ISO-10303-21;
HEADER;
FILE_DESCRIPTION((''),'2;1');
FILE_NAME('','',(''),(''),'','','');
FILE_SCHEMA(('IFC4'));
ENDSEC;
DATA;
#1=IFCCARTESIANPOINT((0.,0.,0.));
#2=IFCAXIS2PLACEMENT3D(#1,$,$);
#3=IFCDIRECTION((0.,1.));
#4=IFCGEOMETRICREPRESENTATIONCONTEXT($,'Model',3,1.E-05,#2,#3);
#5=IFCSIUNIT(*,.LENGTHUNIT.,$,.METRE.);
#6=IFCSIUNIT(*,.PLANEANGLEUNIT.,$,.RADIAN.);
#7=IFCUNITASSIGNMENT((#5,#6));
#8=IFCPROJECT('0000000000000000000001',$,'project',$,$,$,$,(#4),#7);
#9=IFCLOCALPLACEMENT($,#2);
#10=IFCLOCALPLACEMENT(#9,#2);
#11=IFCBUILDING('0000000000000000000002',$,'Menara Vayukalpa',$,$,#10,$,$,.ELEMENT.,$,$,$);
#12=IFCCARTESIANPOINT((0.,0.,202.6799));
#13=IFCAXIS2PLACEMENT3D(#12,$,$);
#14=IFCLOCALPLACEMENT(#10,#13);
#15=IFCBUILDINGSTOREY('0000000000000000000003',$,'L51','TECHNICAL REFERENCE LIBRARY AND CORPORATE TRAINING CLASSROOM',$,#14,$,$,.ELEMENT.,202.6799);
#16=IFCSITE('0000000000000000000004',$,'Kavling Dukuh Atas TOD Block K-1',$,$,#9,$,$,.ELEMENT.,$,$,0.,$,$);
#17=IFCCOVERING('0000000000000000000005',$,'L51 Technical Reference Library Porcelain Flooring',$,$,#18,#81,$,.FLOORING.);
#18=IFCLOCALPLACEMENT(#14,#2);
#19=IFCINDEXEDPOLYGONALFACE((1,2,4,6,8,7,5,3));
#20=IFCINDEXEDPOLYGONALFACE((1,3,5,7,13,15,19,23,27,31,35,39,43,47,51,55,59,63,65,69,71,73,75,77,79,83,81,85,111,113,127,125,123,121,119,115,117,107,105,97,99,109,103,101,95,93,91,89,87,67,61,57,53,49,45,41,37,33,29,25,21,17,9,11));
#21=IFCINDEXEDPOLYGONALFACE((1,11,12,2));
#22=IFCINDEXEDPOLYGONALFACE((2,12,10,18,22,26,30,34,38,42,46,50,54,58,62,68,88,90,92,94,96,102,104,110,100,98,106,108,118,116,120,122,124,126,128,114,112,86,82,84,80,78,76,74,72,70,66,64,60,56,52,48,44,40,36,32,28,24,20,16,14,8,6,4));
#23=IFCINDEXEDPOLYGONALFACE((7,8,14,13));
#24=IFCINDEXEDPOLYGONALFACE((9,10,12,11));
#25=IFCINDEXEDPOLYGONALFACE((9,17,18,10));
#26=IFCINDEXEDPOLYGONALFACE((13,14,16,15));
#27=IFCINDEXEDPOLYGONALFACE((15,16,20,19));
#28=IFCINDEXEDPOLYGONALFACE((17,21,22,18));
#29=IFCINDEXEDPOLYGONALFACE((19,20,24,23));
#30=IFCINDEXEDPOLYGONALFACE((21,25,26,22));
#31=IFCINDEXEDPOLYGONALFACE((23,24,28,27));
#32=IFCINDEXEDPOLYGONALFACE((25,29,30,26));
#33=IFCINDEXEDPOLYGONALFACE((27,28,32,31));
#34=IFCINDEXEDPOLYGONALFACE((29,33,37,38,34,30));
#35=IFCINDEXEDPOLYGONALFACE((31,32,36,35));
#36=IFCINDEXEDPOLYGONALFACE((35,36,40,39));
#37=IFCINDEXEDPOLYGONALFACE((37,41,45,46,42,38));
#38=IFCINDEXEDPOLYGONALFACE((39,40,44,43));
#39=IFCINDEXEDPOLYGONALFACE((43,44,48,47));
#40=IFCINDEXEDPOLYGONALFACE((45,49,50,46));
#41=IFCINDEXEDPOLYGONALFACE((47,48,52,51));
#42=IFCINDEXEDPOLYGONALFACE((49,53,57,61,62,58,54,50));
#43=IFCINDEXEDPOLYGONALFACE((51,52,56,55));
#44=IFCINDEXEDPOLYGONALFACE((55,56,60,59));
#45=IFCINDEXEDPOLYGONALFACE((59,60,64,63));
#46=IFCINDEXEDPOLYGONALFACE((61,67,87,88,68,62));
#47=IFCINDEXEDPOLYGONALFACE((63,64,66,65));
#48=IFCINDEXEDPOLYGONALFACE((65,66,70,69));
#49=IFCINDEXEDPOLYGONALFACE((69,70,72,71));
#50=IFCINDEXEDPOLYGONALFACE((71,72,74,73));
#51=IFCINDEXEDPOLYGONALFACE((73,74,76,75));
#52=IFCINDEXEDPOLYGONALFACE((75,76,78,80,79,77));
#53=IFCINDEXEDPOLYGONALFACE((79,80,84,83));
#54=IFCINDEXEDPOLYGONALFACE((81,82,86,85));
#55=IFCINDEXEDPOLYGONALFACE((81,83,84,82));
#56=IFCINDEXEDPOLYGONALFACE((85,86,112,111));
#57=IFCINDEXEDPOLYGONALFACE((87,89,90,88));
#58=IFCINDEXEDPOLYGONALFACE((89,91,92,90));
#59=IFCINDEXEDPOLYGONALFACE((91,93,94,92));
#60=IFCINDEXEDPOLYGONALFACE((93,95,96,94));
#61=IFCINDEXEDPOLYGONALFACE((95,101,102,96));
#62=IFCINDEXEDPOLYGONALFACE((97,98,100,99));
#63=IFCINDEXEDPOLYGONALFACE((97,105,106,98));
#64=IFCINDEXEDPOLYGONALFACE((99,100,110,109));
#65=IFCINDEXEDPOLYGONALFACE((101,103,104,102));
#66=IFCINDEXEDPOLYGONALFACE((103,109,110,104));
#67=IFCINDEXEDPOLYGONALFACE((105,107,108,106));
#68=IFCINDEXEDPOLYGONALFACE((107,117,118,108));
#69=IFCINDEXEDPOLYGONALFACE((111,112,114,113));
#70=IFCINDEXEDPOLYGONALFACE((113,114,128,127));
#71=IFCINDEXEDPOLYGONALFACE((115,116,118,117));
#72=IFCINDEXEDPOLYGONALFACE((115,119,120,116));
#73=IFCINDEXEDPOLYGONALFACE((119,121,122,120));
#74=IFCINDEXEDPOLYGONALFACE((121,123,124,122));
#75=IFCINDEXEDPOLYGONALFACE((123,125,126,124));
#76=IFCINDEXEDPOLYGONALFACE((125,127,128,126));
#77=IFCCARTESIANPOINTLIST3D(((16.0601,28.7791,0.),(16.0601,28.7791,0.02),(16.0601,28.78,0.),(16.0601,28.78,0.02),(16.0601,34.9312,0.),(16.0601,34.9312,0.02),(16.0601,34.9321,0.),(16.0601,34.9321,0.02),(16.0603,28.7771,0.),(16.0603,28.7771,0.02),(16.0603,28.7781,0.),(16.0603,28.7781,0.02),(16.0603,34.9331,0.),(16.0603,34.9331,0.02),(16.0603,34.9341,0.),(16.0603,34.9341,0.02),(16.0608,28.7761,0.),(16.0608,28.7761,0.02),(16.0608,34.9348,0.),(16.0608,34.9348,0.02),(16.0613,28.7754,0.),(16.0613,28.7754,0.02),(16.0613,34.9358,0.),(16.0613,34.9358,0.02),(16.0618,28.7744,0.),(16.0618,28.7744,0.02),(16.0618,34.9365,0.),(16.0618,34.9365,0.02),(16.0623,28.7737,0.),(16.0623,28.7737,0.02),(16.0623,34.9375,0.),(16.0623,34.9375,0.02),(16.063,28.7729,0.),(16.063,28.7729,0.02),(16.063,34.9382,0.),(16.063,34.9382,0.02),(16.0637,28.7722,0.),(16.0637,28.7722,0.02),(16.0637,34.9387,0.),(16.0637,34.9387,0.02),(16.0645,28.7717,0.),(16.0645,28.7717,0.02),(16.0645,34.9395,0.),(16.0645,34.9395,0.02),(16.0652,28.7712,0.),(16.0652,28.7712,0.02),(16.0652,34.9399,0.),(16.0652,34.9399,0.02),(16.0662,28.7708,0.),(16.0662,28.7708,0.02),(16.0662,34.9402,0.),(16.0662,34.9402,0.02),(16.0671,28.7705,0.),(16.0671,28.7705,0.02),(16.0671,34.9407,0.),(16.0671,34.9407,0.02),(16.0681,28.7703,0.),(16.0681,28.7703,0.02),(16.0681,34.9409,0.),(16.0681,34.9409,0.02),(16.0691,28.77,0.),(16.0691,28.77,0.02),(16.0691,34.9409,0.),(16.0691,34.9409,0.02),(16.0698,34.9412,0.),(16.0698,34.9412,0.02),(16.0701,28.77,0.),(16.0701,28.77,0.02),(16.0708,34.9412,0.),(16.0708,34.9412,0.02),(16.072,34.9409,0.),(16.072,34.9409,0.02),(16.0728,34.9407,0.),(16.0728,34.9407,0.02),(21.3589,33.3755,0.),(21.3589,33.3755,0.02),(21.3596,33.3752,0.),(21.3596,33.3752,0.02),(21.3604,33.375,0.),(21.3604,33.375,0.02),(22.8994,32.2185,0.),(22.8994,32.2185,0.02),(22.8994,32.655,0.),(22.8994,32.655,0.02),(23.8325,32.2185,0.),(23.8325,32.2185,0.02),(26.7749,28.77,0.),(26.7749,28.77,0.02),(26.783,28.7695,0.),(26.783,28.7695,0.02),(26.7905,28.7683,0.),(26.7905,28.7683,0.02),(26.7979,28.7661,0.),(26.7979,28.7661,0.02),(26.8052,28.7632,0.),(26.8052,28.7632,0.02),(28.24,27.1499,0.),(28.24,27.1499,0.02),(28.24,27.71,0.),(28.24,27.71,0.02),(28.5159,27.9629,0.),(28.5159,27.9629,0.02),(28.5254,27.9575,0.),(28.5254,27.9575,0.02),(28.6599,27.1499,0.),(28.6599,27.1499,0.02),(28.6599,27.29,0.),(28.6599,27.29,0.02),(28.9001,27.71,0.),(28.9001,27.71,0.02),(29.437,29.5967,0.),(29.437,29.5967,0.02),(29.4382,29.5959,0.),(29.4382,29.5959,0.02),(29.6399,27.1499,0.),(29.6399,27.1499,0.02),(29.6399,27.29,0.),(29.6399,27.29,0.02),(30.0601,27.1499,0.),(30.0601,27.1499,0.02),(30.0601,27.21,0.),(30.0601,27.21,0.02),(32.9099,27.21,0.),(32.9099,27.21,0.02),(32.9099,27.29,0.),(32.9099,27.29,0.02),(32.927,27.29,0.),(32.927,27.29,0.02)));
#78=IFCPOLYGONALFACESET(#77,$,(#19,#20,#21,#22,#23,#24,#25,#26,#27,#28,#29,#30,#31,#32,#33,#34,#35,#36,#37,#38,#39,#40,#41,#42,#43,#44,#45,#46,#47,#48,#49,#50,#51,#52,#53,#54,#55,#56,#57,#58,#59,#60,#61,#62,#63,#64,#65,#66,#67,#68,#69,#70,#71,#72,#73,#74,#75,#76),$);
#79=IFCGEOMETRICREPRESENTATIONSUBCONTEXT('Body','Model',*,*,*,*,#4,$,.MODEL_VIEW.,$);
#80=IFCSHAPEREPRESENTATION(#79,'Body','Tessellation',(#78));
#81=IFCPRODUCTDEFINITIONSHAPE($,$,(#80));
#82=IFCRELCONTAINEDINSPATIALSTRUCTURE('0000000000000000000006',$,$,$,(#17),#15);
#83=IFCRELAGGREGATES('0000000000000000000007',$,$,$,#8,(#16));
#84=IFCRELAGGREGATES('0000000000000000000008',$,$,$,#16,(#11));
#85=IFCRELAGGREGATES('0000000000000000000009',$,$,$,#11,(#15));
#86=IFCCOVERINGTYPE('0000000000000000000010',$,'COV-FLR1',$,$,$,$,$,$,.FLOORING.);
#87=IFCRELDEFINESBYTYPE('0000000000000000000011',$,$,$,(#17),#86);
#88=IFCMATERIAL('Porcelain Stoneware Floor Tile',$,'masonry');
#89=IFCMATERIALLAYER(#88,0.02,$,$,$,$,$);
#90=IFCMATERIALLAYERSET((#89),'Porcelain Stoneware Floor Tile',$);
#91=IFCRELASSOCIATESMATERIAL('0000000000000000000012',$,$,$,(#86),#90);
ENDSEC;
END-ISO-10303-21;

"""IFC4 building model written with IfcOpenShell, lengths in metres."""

from ifc_helpers import new_model, si_unit, direction, frame, origin, place, context, subcontext, project, spatial, polyline, outline, extrude, material, layer, layer_set, type_object, element, save


model = new_model("IFC4")

# Units and contexts
model_context = context("Model", 3, precision=1e-05, world=origin(), true_north=direction((0.0, 1.0)))
body_context = subcontext(model_context, "Body", "Model", "MODEL_VIEW")
ifc_project = project(units=[si_unit("LENGTHUNIT", "METRE"), si_unit("PLANEANGLEUNIT", "RADIAN")], contexts=[model_context])

# Site, building, storey
site_placement = place(None, origin())
site = spatial("IfcSite", under=ifc_project, at=site_placement, Name="Kavling Dukuh Atas TOD Block K-1", CompositionType="ELEMENT", RefElevation=0.0)
building_placement = place(site_placement, origin())
building = spatial("IfcBuilding", under=site, at=building_placement, Name="Menara Vayukalpa", CompositionType="ELEMENT")
storey_placement = place(building_placement, frame((0.0, 0.0, 202.6799)))
storey = spatial("IfcBuildingStorey", under=building, at=storey_placement, Name="L51", Description="TECHNICAL REFERENCE LIBRARY AND CORPORATE TRAINING CLASSROOM", CompositionType="ELEMENT", Elevation=202.6799)

# Covering
ifc_material_1 = material(Name="Porcelain Stoneware Floor Tile", Category="masonry")
ifc_layer_1 = layer(ifc_material_1, 0.02)
ifc_layer_set_1 = layer_set([ifc_layer_1], Name="Porcelain Stoneware Floor Tile")
covering_type_1 = type_object("IfcCoveringType", Name="COV-FLR1", PredefinedType="FLOORING", material=ifc_layer_set_1)
covering_1_placement = place(storey_placement, origin())
element("IfcCovering", 1, at=covering_1_placement, inside=storey, type_object=covering_type_1, Name="L51 Technical Reference Library Porcelain Flooring", PredefinedType="FLOORING", context=body_context, shape_type="SweptSolid", body=[
    extrude(outline(polyline([(28.5254, 27.9575), (28.5159, 27.9629), (26.8052, 28.7632), (26.7979, 28.7661), (26.7905, 28.7683), (26.783, 28.7695), (26.7749, 28.77), (16.0701, 28.77), (16.0691, 28.77), (16.0681, 28.7703), (16.0671, 28.7705), (16.0662, 28.7708), (16.0652, 28.7712), (16.0645, 28.7717), (16.0637, 28.7722), (16.063, 28.7729), (16.0623, 28.7737), (16.0618, 28.7744), (16.0613, 28.7754), (16.0608, 28.7761), (16.0603, 28.7771), (16.0603, 28.7781), (16.0601, 28.7791), (16.0601, 28.78), (16.0601, 34.9312), (16.0601, 34.9321), (16.0603, 34.9331), (16.0603, 34.9341), (16.0608, 34.9348), (16.0613, 34.9358), (16.0618, 34.9365), (16.0623, 34.9375), (16.063, 34.9382), (16.0637, 34.9387), (16.0645, 34.9395), (16.0652, 34.9399), (16.0662, 34.9402), (16.0671, 34.9407), (16.0681, 34.9409), (16.0691, 34.9409), (16.0698, 34.9412), (16.0708, 34.9412), (16.072, 34.9409), (16.0728, 34.9407), (21.3589, 33.3755), (21.3596, 33.3752), (21.3604, 33.375), (22.8994, 32.655), (22.8994, 32.2185), (23.8325, 32.2185), (29.437, 29.5967), (29.4382, 29.5959), (32.927, 27.29), (32.9099, 27.29), (32.9099, 27.21), (30.0601, 27.21), (30.0601, 27.1499), (29.6399, 27.1499), (29.6399, 27.29), (28.6599, 27.29), (28.6599, 27.1499), (28.24, 27.1499), (28.24, 27.71), (28.9001, 27.71), (28.5254, 27.9575)])), origin(), (0.0, 0.0, 1.0), 0.02),
])

save(model, "model.ifc")
